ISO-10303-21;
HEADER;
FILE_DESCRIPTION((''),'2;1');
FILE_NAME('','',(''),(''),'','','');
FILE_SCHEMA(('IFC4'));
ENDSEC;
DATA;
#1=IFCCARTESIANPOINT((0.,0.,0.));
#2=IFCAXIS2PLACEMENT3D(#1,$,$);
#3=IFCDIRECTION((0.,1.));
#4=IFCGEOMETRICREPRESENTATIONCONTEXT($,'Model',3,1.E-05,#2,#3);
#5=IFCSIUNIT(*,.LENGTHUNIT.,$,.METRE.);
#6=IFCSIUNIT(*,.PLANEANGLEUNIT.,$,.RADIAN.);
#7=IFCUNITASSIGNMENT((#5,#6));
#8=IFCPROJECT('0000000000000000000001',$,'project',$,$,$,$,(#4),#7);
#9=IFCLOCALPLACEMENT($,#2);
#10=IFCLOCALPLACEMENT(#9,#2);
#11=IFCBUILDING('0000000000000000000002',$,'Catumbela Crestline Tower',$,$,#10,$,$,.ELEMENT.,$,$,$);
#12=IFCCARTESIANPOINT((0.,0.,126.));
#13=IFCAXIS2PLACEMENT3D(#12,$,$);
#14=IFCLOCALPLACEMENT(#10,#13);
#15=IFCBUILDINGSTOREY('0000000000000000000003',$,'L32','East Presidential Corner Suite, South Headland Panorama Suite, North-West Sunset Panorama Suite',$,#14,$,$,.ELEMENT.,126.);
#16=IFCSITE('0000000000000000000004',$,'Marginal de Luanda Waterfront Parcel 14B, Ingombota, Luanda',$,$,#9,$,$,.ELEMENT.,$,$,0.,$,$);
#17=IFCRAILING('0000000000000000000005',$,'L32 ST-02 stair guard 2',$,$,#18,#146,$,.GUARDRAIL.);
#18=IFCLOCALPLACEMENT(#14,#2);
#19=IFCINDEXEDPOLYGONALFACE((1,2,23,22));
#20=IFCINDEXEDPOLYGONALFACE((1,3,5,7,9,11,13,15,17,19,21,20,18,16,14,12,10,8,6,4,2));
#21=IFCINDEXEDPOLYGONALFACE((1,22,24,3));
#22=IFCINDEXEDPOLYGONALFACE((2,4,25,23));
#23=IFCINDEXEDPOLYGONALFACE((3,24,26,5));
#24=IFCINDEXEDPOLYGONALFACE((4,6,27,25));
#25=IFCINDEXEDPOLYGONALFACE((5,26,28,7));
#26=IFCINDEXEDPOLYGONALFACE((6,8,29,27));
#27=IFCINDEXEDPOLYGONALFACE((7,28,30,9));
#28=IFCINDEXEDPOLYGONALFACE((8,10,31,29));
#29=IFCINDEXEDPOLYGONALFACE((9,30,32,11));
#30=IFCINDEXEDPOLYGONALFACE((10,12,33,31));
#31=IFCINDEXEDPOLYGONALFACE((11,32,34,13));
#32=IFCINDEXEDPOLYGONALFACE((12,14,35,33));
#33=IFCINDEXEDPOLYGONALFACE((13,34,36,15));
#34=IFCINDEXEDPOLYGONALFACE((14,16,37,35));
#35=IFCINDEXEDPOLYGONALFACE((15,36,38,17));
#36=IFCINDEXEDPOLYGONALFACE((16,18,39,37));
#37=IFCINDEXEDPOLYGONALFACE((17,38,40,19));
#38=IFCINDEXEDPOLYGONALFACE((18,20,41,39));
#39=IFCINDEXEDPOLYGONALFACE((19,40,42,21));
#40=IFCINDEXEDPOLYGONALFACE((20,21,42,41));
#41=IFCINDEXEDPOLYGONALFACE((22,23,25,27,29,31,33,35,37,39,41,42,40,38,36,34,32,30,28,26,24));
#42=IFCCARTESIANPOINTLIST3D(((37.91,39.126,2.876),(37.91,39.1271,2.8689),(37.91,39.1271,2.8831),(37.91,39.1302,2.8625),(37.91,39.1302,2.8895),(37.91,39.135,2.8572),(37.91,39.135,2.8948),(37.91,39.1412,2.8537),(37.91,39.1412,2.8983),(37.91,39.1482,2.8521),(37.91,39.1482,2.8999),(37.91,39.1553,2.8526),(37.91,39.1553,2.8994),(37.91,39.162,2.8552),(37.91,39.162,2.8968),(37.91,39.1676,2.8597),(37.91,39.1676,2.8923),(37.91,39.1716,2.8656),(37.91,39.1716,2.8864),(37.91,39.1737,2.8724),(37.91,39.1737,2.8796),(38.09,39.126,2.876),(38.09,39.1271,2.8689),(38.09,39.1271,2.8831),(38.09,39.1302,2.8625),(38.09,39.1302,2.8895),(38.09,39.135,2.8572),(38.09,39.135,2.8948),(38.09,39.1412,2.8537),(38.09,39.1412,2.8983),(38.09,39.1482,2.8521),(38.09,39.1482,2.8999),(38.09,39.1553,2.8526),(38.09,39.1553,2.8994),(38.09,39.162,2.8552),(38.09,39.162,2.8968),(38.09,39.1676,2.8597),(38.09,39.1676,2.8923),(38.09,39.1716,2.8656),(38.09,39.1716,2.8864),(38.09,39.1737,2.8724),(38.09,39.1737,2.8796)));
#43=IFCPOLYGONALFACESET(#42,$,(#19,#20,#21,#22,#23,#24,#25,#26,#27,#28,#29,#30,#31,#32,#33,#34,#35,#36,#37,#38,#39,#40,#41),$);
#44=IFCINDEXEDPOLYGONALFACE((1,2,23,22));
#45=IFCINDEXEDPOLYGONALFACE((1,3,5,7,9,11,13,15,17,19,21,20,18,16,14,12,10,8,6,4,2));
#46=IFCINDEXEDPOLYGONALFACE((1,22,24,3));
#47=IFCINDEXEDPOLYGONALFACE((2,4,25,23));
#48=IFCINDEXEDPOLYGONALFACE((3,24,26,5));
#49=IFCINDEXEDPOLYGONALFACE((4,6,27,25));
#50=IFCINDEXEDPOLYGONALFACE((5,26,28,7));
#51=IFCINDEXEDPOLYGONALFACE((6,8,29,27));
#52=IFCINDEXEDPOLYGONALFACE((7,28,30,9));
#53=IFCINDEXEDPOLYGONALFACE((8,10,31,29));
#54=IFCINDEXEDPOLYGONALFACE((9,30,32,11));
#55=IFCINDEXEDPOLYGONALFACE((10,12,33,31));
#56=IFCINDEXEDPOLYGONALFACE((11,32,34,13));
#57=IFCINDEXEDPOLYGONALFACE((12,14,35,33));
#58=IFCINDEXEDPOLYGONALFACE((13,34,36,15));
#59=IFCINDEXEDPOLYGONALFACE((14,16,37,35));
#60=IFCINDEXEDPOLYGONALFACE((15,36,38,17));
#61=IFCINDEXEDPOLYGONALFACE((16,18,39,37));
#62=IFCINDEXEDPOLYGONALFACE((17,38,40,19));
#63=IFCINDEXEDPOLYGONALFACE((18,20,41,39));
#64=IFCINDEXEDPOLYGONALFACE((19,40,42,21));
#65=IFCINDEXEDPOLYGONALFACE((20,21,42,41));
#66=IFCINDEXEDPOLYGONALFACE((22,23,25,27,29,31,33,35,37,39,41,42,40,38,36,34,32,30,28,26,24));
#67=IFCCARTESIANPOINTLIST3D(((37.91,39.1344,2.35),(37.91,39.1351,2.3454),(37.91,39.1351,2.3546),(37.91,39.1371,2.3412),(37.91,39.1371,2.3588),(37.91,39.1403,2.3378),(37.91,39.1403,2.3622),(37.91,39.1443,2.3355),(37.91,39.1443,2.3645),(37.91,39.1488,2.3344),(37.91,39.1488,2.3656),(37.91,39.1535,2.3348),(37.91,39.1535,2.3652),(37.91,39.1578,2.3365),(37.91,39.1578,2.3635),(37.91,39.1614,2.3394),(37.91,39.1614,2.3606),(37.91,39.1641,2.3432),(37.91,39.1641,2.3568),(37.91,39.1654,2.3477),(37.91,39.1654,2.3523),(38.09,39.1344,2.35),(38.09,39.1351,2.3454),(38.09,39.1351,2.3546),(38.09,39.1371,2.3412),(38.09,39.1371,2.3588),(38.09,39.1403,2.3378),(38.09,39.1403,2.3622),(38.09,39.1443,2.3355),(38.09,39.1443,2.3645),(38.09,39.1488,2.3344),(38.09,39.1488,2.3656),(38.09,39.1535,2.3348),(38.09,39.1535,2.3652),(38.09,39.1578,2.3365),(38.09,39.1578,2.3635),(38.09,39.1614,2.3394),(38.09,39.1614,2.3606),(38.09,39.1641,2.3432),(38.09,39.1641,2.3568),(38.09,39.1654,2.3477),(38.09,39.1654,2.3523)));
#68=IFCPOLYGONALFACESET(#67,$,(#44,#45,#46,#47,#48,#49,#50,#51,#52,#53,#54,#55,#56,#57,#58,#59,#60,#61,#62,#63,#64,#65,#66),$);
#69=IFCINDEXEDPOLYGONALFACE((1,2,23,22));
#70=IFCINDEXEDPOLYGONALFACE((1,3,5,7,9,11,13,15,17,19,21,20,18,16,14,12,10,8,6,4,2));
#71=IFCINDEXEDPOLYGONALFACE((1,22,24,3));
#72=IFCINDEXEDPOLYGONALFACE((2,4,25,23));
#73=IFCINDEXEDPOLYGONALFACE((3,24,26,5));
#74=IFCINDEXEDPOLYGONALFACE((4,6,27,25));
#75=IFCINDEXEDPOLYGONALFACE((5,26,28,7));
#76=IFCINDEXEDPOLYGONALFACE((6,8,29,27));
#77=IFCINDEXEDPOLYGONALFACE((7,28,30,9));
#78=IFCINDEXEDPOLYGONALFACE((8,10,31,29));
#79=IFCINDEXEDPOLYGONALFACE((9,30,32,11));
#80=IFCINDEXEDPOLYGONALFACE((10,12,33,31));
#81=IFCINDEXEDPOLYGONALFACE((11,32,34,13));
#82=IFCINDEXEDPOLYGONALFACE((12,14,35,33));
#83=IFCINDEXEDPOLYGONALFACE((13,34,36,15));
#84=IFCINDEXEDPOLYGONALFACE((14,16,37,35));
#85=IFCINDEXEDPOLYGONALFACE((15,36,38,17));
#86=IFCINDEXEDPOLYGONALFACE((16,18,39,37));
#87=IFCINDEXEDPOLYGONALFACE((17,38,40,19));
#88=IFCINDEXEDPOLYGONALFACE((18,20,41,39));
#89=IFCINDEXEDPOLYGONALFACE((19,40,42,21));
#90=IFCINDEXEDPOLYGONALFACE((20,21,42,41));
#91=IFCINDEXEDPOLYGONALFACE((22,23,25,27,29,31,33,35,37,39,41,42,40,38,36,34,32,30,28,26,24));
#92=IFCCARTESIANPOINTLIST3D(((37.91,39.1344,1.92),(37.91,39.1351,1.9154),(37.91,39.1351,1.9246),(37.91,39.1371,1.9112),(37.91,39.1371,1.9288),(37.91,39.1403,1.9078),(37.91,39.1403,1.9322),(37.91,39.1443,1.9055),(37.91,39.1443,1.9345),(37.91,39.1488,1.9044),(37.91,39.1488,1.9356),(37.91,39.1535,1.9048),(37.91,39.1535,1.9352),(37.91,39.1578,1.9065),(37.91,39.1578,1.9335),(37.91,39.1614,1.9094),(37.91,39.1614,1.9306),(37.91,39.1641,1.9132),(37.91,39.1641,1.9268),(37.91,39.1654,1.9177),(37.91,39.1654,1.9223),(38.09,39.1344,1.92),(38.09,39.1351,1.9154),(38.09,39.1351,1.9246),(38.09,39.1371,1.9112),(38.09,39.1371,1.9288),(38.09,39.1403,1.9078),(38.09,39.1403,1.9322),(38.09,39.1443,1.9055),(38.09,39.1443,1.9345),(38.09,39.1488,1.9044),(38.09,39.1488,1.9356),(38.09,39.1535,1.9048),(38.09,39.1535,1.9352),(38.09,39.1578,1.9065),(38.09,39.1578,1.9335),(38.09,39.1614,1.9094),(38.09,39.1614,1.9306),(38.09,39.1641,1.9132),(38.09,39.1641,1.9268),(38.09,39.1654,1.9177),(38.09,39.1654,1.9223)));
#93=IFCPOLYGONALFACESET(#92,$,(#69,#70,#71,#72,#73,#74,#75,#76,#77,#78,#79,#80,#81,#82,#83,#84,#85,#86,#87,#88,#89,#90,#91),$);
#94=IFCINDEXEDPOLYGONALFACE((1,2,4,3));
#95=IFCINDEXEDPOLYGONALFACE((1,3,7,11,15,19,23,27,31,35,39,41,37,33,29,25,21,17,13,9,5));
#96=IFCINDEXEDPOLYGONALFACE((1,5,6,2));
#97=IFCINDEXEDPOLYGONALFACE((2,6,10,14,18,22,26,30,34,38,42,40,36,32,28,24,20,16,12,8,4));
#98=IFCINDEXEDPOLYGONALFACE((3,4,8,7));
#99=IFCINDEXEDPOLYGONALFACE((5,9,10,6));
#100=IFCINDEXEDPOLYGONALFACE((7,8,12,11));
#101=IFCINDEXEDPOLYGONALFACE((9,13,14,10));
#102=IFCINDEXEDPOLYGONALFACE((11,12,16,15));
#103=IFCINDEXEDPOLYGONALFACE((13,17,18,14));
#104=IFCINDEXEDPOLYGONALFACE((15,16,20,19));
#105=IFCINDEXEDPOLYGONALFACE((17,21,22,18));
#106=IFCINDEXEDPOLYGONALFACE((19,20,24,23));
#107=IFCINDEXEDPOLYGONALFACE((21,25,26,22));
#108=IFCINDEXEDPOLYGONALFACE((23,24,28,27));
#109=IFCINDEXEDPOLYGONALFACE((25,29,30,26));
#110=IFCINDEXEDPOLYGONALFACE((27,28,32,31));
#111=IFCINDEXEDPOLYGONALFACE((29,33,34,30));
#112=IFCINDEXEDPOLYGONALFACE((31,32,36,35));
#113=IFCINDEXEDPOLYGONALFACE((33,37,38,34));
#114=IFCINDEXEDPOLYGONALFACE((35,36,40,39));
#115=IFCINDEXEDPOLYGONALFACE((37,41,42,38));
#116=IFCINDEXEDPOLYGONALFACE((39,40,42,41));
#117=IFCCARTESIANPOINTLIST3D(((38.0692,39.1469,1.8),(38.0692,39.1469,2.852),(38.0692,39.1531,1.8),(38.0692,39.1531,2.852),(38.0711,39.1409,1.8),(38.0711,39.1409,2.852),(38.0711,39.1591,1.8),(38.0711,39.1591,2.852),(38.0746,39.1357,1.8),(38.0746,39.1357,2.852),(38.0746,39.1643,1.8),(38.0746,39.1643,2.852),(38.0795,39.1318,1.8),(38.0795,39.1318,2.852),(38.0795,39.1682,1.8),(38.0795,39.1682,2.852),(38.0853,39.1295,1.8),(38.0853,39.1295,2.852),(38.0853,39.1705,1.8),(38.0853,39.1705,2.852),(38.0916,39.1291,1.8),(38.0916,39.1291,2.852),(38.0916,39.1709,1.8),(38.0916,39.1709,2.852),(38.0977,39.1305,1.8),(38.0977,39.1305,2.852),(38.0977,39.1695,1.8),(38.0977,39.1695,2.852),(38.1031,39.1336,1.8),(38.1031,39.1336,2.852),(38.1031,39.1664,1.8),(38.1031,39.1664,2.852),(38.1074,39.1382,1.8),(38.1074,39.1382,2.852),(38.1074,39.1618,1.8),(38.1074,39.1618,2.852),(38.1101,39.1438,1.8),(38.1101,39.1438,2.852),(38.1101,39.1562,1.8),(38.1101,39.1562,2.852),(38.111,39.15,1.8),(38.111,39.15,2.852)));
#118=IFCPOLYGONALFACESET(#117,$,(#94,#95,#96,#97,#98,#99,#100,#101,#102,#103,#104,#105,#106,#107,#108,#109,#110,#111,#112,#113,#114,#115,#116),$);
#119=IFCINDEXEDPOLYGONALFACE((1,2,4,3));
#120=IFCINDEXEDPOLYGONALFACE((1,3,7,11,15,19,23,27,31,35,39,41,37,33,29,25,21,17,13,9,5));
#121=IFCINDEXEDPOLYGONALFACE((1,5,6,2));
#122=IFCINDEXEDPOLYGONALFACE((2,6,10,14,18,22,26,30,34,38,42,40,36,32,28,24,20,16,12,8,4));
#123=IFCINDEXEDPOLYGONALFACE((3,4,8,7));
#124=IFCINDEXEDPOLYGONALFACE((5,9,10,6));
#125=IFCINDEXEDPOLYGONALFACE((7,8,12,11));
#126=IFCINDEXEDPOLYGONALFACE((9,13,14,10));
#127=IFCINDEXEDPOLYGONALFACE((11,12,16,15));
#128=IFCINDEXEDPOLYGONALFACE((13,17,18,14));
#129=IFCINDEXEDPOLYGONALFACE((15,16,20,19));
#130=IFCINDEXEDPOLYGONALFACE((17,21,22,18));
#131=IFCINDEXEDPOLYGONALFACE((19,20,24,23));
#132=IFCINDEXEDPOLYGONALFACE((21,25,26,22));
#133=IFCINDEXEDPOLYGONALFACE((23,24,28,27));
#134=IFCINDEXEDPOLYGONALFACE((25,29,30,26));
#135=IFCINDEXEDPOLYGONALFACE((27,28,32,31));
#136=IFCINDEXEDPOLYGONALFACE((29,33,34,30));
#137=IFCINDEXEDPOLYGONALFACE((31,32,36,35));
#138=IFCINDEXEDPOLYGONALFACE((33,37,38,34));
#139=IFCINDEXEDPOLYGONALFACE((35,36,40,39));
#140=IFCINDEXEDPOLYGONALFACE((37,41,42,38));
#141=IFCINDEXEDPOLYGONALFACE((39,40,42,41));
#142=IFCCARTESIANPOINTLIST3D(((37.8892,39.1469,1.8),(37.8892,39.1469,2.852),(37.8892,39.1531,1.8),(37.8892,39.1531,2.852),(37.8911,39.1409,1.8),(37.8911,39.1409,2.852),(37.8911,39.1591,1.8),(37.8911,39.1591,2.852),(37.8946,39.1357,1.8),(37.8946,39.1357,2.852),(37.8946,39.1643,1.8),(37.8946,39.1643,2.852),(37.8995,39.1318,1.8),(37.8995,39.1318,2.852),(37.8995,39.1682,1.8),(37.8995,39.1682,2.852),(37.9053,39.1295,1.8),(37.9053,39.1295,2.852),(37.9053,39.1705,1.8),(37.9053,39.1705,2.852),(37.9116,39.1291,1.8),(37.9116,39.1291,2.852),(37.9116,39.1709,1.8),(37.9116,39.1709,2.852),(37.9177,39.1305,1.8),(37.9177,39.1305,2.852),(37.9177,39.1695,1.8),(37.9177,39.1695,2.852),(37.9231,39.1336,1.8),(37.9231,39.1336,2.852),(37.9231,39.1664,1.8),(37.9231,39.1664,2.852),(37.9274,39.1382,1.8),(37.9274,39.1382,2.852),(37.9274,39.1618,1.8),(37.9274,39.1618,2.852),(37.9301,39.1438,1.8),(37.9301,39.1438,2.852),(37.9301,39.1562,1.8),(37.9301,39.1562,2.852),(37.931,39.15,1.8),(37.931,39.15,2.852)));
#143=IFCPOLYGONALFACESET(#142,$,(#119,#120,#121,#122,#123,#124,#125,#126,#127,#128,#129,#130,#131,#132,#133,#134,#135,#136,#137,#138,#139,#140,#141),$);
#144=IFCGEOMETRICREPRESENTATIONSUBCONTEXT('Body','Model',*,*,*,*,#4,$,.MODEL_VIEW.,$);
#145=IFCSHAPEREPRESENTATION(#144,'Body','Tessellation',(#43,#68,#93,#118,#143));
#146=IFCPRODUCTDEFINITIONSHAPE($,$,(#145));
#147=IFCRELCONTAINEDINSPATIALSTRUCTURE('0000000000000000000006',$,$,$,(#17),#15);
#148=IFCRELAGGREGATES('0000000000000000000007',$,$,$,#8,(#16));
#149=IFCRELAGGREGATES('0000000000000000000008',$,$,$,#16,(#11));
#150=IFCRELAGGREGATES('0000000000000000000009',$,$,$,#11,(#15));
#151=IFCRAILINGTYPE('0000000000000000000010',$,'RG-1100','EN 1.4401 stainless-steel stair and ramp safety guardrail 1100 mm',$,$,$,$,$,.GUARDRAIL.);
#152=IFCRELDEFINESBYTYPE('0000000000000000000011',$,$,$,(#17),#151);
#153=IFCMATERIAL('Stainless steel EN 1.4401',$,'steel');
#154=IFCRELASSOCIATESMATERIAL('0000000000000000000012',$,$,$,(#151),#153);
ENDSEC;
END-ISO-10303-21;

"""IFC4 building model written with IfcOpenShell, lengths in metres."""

from ifc_helpers import new_model, si_unit, direction, frame, origin, origin_2d, place, context, subcontext, project, spatial, circle, extrude, material, type_object, element, save


model = new_model("IFC4")

# Units and contexts
model_context = context("Model", 3, precision=1e-05, world=origin(), true_north=direction((0.0, 1.0)))
body_context = subcontext(model_context, "Body", "Model", "MODEL_VIEW")
ifc_project = project(units=[si_unit("LENGTHUNIT", "METRE"), si_unit("PLANEANGLEUNIT", "RADIAN")], contexts=[model_context])

# Site, building, storey
site_placement = place(None, origin())
site = spatial("IfcSite", under=ifc_project, at=site_placement, Name="Marginal de Luanda Waterfront Parcel 14B, Ingombota, Luanda", CompositionType="ELEMENT", RefElevation=0.0)
building_placement = place(site_placement, origin())
building = spatial("IfcBuilding", under=site, at=building_placement, Name="Catumbela Crestline Tower", CompositionType="ELEMENT")
storey_placement = place(building_placement, frame((0.0, 0.0, 126.0)))
storey = spatial("IfcBuildingStorey", under=building, at=storey_placement, Name="L32", Description="East Presidential Corner Suite, South Headland Panorama Suite, North-West Sunset Panorama Suite", CompositionType="ELEMENT", Elevation=126.0)

# Shared definitions
ifc_material_1 = material(Name="Stainless steel EN 1.4401", Category="steel")

# Railing
railing_type_1 = type_object("IfcRailingType", Name="RG-1100", Description="EN 1.4401 stainless-steel stair and ramp safety guardrail 1100 mm", PredefinedType="GUARDRAIL", material=ifc_material_1)
railing_1_placement = place(storey_placement, frame((38.09, 39.15, 1.8)))
element("IfcRailing", 1, at=railing_1_placement, inside=storey, type_object=railing_type_1, Name="L32 ST-02 stair guard 2", PredefinedType="GUARDRAIL", context=body_context, shape_type="SweptSolid", body=[
    extrude(circle(Radius=0.024, at=origin_2d()), frame((0.0, 0.0, 1.076), z_axis=(-1.0, 0.0, 0.0), x_axis=(0.0, -1.0, 0.0)), (0.0, 0.0, 1.0), 0.18),
    extrude(circle(Radius=0.0156, at=origin_2d()), frame((0.0, 0.0, 0.55), z_axis=(-1.0, 0.0, 0.0), x_axis=(0.0, -1.0, 0.0)), (0.0, 0.0, 1.0), 0.18),
    extrude(circle(Radius=0.0156, at=origin_2d()), frame((0.0, 0.0, 0.12), z_axis=(-1.0, 0.0, 0.0), x_axis=(0.0, -1.0, 0.0)), (0.0, 0.0, 1.0), 0.18),
    extrude(circle(Radius=0.021, at=origin_2d()), origin(), (0.0, 0.0, 1.0), 1.052),
    extrude(circle(Radius=0.021, at=origin_2d()), frame((-0.18, 0.0, 0.0)), (0.0, 0.0, 1.0), 1.052),
])

save(model, "model.ifc")
